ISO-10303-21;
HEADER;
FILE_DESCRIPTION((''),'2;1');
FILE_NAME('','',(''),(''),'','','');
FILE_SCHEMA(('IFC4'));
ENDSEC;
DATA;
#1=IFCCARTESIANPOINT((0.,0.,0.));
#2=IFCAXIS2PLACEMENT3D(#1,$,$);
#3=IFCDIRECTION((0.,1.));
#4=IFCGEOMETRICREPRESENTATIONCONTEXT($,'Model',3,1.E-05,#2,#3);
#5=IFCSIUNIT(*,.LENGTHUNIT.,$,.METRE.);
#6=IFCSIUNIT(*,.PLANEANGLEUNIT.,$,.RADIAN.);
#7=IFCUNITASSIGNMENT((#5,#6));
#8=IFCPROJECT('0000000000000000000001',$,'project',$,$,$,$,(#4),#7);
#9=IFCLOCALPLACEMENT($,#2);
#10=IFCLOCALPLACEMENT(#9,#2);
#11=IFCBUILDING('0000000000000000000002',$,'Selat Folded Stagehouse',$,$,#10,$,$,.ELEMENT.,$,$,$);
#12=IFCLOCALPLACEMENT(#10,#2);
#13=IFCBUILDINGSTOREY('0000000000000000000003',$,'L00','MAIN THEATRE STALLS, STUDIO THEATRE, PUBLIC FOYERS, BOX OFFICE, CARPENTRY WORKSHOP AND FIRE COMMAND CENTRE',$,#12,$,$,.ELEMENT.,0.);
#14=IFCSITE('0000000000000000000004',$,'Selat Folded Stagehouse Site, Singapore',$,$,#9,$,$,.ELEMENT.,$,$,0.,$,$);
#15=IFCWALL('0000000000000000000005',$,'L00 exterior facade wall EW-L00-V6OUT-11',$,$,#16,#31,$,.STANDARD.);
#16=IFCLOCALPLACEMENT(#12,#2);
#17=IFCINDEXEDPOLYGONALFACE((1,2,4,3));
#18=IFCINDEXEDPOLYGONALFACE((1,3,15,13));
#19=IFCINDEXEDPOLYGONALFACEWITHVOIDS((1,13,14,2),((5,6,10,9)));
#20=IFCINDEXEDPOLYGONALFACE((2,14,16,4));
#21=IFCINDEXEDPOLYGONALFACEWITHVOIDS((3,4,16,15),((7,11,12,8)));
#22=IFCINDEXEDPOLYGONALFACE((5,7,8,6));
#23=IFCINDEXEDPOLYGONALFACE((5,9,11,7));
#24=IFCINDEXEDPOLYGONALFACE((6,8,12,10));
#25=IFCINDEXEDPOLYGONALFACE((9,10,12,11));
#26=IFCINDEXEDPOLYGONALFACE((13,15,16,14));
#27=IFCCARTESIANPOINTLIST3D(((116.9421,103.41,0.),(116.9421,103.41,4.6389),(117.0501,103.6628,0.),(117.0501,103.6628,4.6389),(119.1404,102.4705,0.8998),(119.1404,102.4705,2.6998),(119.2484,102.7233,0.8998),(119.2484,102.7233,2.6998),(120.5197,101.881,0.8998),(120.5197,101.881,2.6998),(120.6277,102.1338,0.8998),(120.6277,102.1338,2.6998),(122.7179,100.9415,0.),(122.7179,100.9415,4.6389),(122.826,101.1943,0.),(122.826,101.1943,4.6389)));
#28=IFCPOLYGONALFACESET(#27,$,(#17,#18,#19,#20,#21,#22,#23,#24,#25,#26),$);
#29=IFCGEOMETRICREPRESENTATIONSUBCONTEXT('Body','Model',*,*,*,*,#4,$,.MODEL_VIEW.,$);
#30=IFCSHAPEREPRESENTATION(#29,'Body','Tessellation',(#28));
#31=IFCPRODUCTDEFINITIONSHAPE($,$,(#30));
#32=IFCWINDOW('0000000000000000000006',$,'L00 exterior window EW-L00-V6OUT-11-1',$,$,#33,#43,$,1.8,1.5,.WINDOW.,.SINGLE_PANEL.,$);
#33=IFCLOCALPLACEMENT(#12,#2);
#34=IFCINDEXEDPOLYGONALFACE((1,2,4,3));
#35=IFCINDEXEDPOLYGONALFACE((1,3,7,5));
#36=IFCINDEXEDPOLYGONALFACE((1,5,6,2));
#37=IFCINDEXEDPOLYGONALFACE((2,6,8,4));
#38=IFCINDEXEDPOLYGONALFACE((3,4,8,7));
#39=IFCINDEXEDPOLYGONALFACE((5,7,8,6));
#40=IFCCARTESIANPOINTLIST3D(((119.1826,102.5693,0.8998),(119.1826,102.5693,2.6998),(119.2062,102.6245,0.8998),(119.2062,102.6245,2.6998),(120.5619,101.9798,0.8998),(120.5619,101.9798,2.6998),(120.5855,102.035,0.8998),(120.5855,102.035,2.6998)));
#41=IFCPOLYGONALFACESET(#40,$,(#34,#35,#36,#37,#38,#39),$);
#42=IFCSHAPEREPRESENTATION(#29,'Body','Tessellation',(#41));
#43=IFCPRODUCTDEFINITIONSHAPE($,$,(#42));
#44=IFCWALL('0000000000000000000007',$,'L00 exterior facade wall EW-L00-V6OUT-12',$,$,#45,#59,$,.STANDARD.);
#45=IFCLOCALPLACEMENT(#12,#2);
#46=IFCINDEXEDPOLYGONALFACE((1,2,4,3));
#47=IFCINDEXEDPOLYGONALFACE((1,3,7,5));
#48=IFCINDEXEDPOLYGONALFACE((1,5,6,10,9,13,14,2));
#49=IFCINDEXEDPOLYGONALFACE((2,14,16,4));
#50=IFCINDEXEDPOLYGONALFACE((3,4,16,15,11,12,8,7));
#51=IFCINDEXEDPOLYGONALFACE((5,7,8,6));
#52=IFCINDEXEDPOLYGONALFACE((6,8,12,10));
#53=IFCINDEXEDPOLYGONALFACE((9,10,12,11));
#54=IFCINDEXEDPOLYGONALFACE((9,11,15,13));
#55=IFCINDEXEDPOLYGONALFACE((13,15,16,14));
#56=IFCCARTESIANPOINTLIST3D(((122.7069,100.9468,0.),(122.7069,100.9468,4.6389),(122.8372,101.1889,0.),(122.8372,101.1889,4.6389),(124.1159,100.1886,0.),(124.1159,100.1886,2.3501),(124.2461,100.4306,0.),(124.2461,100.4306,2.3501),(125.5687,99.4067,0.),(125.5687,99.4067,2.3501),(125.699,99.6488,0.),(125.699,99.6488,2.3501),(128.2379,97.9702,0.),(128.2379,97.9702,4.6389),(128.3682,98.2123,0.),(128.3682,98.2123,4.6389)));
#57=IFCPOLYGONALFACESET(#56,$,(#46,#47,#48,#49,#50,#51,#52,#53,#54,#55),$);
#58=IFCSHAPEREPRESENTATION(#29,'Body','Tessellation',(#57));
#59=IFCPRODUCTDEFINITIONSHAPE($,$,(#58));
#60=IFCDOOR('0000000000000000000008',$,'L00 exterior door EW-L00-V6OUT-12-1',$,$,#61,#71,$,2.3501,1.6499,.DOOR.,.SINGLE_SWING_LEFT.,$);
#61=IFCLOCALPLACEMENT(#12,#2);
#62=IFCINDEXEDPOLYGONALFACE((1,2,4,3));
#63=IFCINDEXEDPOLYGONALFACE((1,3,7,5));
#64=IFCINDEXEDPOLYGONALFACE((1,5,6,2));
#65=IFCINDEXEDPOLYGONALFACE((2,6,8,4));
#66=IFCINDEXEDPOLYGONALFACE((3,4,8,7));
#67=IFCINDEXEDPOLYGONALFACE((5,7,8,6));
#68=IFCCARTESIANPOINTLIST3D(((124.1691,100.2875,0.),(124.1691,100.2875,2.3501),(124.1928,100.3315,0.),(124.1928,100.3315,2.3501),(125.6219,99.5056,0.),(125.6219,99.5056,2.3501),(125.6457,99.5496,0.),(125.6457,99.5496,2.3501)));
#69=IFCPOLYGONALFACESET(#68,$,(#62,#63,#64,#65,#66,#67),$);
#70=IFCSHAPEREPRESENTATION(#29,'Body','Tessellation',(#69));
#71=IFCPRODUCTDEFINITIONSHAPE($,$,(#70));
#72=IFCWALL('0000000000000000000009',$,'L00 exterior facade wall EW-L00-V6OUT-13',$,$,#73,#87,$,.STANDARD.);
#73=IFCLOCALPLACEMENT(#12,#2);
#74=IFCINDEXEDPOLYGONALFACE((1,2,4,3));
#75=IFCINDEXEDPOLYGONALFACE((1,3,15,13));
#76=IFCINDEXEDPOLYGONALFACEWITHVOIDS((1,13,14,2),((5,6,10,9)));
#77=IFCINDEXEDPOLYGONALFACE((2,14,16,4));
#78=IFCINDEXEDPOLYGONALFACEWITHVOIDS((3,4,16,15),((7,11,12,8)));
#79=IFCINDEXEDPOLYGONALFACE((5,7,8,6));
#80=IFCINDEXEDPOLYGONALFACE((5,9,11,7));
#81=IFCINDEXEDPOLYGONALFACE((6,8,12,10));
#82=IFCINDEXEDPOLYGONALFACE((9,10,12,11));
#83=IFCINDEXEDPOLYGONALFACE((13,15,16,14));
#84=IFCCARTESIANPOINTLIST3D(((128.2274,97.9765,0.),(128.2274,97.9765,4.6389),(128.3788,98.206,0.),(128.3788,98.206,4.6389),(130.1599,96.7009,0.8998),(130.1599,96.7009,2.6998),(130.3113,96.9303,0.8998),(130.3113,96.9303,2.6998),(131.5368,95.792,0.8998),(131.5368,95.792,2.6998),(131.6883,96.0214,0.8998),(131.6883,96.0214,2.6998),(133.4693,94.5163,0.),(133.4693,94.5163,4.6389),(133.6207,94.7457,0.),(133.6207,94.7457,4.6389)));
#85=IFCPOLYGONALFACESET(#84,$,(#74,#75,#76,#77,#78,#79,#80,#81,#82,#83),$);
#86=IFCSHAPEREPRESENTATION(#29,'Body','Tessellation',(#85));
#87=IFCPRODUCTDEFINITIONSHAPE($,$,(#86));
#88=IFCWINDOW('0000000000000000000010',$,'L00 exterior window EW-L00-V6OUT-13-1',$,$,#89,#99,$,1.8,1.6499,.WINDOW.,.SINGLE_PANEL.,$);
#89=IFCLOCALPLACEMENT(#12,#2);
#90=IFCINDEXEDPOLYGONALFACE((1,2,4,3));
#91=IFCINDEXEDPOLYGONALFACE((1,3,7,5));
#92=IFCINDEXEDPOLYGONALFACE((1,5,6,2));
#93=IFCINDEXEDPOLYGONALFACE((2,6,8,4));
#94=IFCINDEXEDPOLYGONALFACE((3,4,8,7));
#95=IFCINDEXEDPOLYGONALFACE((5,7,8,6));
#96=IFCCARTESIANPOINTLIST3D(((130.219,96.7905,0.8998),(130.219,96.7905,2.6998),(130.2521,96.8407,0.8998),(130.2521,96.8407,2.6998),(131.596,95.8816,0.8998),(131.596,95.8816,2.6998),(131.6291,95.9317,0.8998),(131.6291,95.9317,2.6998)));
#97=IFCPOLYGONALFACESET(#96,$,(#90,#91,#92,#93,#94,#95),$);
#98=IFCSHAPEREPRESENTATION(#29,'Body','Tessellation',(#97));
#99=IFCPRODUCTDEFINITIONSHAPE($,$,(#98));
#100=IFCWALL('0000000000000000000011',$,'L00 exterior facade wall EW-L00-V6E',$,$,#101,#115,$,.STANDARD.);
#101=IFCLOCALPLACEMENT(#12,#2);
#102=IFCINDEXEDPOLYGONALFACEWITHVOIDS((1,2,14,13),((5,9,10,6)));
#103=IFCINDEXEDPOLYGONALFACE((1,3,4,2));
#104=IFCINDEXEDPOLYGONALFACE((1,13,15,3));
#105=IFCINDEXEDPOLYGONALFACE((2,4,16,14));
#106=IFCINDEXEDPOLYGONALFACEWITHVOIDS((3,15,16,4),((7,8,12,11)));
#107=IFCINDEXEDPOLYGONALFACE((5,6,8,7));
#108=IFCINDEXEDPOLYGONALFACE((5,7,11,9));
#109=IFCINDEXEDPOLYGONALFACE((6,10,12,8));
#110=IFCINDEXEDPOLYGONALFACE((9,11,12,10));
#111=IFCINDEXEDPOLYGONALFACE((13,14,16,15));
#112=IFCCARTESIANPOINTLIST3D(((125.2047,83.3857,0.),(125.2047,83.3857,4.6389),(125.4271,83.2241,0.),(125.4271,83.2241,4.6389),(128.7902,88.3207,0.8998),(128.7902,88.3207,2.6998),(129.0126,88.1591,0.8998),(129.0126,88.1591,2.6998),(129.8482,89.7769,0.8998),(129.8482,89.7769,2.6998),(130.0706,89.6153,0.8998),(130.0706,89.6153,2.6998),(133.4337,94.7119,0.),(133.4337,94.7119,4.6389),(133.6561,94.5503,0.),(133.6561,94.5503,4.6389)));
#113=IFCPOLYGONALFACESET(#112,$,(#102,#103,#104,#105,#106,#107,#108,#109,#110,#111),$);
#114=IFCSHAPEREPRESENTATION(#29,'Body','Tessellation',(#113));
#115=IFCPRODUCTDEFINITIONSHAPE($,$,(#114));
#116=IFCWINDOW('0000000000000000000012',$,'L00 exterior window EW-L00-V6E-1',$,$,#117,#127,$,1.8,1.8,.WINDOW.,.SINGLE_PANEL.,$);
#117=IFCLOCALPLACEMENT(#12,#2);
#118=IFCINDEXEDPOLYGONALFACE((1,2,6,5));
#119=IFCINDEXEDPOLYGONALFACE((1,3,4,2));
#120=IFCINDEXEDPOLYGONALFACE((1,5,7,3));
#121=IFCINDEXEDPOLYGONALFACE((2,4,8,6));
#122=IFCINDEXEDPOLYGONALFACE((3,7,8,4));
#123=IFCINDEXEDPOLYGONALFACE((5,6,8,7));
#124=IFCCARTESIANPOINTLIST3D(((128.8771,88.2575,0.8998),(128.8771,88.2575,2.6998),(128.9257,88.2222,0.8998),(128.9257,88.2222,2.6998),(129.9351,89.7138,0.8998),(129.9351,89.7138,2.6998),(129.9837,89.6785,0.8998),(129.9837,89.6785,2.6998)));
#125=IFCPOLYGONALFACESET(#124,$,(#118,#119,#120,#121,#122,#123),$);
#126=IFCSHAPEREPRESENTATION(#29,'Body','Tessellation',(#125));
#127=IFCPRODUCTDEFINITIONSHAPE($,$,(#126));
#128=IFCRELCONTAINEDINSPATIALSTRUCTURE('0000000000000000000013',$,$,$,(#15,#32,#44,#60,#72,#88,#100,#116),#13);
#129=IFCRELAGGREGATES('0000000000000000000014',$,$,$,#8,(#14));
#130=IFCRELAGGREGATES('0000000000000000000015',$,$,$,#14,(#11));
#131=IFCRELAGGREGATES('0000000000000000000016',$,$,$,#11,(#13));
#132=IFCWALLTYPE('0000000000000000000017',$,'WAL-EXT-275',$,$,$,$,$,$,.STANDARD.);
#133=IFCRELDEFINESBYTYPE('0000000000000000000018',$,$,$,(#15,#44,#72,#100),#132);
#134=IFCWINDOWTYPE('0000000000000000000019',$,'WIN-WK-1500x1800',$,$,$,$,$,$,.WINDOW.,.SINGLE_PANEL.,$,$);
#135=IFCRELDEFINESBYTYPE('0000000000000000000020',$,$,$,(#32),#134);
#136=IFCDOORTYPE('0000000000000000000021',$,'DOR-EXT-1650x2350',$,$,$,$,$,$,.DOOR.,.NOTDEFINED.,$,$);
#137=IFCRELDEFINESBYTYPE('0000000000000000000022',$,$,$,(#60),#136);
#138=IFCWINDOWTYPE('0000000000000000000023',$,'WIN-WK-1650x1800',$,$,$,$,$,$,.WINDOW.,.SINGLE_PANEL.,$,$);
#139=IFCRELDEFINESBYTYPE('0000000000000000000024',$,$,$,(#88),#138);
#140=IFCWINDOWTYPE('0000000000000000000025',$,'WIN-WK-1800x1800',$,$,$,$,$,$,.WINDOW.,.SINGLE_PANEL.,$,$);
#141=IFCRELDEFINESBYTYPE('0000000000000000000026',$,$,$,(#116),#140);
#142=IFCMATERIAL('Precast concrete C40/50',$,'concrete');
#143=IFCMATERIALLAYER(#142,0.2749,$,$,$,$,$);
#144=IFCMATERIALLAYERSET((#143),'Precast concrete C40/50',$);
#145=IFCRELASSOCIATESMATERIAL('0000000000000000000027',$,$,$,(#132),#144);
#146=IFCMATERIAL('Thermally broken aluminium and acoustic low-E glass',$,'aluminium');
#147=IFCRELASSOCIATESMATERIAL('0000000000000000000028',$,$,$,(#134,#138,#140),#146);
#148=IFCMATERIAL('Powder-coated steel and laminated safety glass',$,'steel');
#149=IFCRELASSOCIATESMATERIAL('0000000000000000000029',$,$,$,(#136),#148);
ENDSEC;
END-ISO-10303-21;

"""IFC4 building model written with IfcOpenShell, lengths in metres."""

from ifc_helpers import new_model, si_unit, direction, frame, frame_2d, origin, place, context, subcontext, project, spatial, rectangle, extrude, material, layer, layer_set, type_object, element, fill, save


model = new_model("IFC4")

# Units and contexts
model_context = context("Model", 3, precision=1e-05, world=origin(), true_north=direction((0.0, 1.0)))
body_context = subcontext(model_context, "Body", "Model", "MODEL_VIEW")
ifc_project = project(units=[si_unit("LENGTHUNIT", "METRE"), si_unit("PLANEANGLEUNIT", "RADIAN")], contexts=[model_context])

# Site, building, storey
site_placement = place(None, origin())
site = spatial("IfcSite", under=ifc_project, at=site_placement, Name="Selat Folded Stagehouse Site, Singapore", CompositionType="ELEMENT", RefElevation=0.0)
building_placement = place(site_placement, origin())
building = spatial("IfcBuilding", under=site, at=building_placement, Name="Selat Folded Stagehouse", CompositionType="ELEMENT")
storey_placement = place(building_placement, origin())
storey = spatial("IfcBuildingStorey", under=building, at=storey_placement, Name="L00", Description="MAIN THEATRE STALLS, STUDIO THEATRE, PUBLIC FOYERS, BOX OFFICE, CARPENTRY WORKSHOP AND FIRE COMMAND CENTRE", CompositionType="ELEMENT", Elevation=0.0)

# Wall, opening, window
ifc_material_1 = material(Name="Precast concrete C40/50", Category="concrete")
ifc_layer_1 = layer(ifc_material_1, 0.2749)
ifc_layer_set_1 = layer_set([ifc_layer_1], Name="Precast concrete C40/50")
wall_type = type_object("IfcWallType", Name="WAL-EXT-275", PredefinedType="STANDARD", material=ifc_layer_set_1)
wall_1_placement = place(storey_placement, frame((116.9961, 103.5364, 0.0), z_axis=(0.0, 0.0, 1.0), x_axis=(0.919541, -0.392995, 0.0)))
wall_1 = element("IfcWall", 1, at=wall_1_placement, inside=storey, type_object=wall_type, Name="L00 exterior facade wall EW-L00-V6OUT-11", PredefinedType="STANDARD", context=body_context, shape_type="SweptSolid", body=[
    extrude(rectangle(XDim=6.2812, YDim=0.2749, at=frame_2d((3.1406, 0.0))), origin(), (0.0, 0.0, 1.0), 4.6389),
])
opening_1_placement = place(wall_1_placement, frame((2.3906, 0.0, 0.8999)))
opening_1 = element("IfcOpeningElement", 2, at=opening_1_placement, cuts=wall_1, PredefinedType="OPENING", context=body_context, shape_type="SweptSolid", body=[
    extrude(rectangle(XDim=1.5, YDim=1.8, at=frame_2d((0.75, 0.8999))), frame((0.0, 0.1475, 0.0), z_axis=(0.0, -1.0, 0.0), x_axis=(1.0, 0.0, 0.0)), (0.0, 0.0, 1.0), 0.2949),
])
ifc_material_2 = material(Name="Thermally broken aluminium and acoustic low-E glass", Category="aluminium")
window_type_1 = type_object("IfcWindowType", Name="WIN-WK-1500x1800", PartitioningType="SINGLE_PANEL", PredefinedType="WINDOW", material=ifc_material_2)
window_1_placement = place(opening_1_placement, origin())
window_1 = element("IfcWindow", 3, at=window_1_placement, inside=storey, type_object=window_type_1, Name="L00 exterior window EW-L00-V6OUT-11-1", OverallHeight=1.8, OverallWidth=1.5, PartitioningType="SINGLE_PANEL", PredefinedType="WINDOW", context=body_context, shape_type="SweptSolid", body=[
    extrude(rectangle(XDim=1.5, YDim=1.8, at=frame_2d((0.75, 0.8999))), frame((0.0, 0.03, 0.0), z_axis=(0.0, -1.0, 0.0), x_axis=(1.0, 0.0, 0.0)), (0.0, 0.0, 1.0), 0.0601),
])
fill(opening_1, window_1)

# Wall, opening, door
wall_2_placement = place(storey_placement, frame((122.772, 101.0679, 0.0), z_axis=(0.0, 0.0, 1.0), x_axis=(0.880582, -0.473894, 0.0)))
wall_2 = element("IfcWall", 4, at=wall_2_placement, inside=storey, type_object=wall_type, Name="L00 exterior facade wall EW-L00-V6OUT-12", PredefinedType="STANDARD", context=body_context, shape_type="SweptSolid", body=[
    extrude(rectangle(XDim=6.281, YDim=0.2749, at=frame_2d((3.1406, 0.0))), origin(), (0.0, 0.0, 1.0), 4.6389),
])
opening_2_placement = place(wall_2_placement, frame((1.6001, 0.0, 0.0)))
opening_2 = element("IfcOpeningElement", 5, at=opening_2_placement, cuts=wall_2, PredefinedType="OPENING", context=body_context, shape_type="SweptSolid", body=[
    extrude(rectangle(XDim=1.6499, YDim=2.3501, at=frame_2d((0.825, 1.175))), frame((0.0, 0.1475, 0.0), z_axis=(0.0, -1.0, 0.0), x_axis=(1.0, 0.0, 0.0)), (0.0, 0.0, 1.0), 0.2949),
])
ifc_material_3 = material(Name="Powder-coated steel and laminated safety glass", Category="steel")
door_type = type_object("IfcDoorType", Name="DOR-EXT-1650x2350", OperationType="NOTDEFINED", PredefinedType="DOOR", material=ifc_material_3)
door_placement = place(opening_2_placement, origin())
door = element("IfcDoor", 6, at=door_placement, inside=storey, type_object=door_type, Name="L00 exterior door EW-L00-V6OUT-12-1", OperationType="SINGLE_SWING_LEFT", OverallHeight=2.3501, OverallWidth=1.6499, PredefinedType="DOOR", context=body_context, shape_type="SweptSolid", body=[
    extrude(rectangle(XDim=1.6499, YDim=2.3501, at=frame_2d((0.825, 1.175))), frame((0.0, 0.0249, 0.0), z_axis=(0.0, -1.0, 0.0), x_axis=(1.0, 0.0, 0.0)), (0.0, 0.0, 1.0), 0.05),
])
fill(opening_2, door)

# Walls, openings, windows
wall_3_placement = place(storey_placement, frame((128.303, 98.0913, 0.0), z_axis=(0.0, 0.0, 1.0), x_axis=(0.834571, -0.5509, 0.0)))
wall_3 = element("IfcWall", 7, at=wall_3_placement, inside=storey, type_object=wall_type, Name="L00 exterior facade wall EW-L00-V6OUT-13", PredefinedType="STANDARD", context=body_context, shape_type="SweptSolid", body=[
    extrude(rectangle(XDim=6.281, YDim=0.2749, at=frame_2d((3.1406, 0.0))), origin(), (0.0, 0.0, 1.0), 4.6389),
])
opening_3_placement = place(wall_3_placement, frame((2.3157, 0.0, 0.8999)))
opening_3 = element("IfcOpeningElement", 8, at=opening_3_placement, cuts=wall_3, PredefinedType="OPENING", context=body_context, shape_type="SweptSolid", body=[
    extrude(rectangle(XDim=1.6499, YDim=1.8, at=frame_2d((0.825, 0.8999))), frame((0.0, 0.1475, 0.0), z_axis=(0.0, -1.0, 0.0), x_axis=(1.0, 0.0, 0.0)), (0.0, 0.0, 1.0), 0.2949),
])
window_type_2 = type_object("IfcWindowType", Name="WIN-WK-1650x1800", PartitioningType="SINGLE_PANEL", PredefinedType="WINDOW", material=ifc_material_2)
window_2_placement = place(opening_3_placement, origin())
window_2 = element("IfcWindow", 9, at=window_2_placement, inside=storey, type_object=window_type_2, Name="L00 exterior window EW-L00-V6OUT-13-1", OverallHeight=1.8, OverallWidth=1.6499, PartitioningType="SINGLE_PANEL", PredefinedType="WINDOW", context=body_context, shape_type="SweptSolid", body=[
    extrude(rectangle(XDim=1.6499, YDim=1.8, at=frame_2d((0.825, 0.8999))), frame((0.0, 0.03, 0.0), z_axis=(0.0, -1.0, 0.0), x_axis=(1.0, 0.0, 0.0)), (0.0, 0.0, 1.0), 0.0601),
])
fill(opening_3, window_2)
wall_4_placement = place(storey_placement, frame((133.5449, 94.6311, 0.0), z_axis=(0.0, 0.0, 1.0), x_axis=(-0.587788, -0.809015, 0.0)))
wall_4 = element("IfcWall", 10, at=wall_4_placement, inside=storey, type_object=wall_type, Name="L00 exterior facade wall EW-L00-V6E", PredefinedType="STANDARD", context=body_context, shape_type="SweptSolid", body=[
    extrude(rectangle(XDim=14.0, YDim=0.2749, at=frame_2d((7.0, 0.0))), origin(), (0.0, 0.0, 1.0), 4.6389),
])
opening_4_placement = place(wall_4_placement, frame((6.1001, 0.0, 0.8999)))
opening_4 = element("IfcOpeningElement", 11, at=opening_4_placement, cuts=wall_4, PredefinedType="OPENING", context=body_context, shape_type="SweptSolid", body=[
    extrude(rectangle(XDim=1.8, YDim=1.8, at=frame_2d((0.8999, 0.8999))), frame((0.0, 0.1475, 0.0), z_axis=(0.0, -1.0, 0.0), x_axis=(1.0, 0.0, 0.0)), (0.0, 0.0, 1.0), 0.2949),
])
window_type_3 = type_object("IfcWindowType", Name="WIN-WK-1800x1800", PartitioningType="SINGLE_PANEL", PredefinedType="WINDOW", material=ifc_material_2)
window_3_placement = place(opening_4_placement, origin())
window_3 = element("IfcWindow", 12, at=window_3_placement, inside=storey, type_object=window_type_3, Name="L00 exterior window EW-L00-V6E-1", OverallHeight=1.8, OverallWidth=1.8, PartitioningType="SINGLE_PANEL", PredefinedType="WINDOW", context=body_context, shape_type="SweptSolid", body=[
    extrude(rectangle(XDim=1.8, YDim=1.8, at=frame_2d((0.8999, 0.8999))), frame((0.0, 0.03, 0.0), z_axis=(0.0, -1.0, 0.0), x_axis=(1.0, 0.0, 0.0)), (0.0, 0.0, 1.0), 0.0601),
])
fill(opening_4, window_3)

save(model, "model.ifc")
